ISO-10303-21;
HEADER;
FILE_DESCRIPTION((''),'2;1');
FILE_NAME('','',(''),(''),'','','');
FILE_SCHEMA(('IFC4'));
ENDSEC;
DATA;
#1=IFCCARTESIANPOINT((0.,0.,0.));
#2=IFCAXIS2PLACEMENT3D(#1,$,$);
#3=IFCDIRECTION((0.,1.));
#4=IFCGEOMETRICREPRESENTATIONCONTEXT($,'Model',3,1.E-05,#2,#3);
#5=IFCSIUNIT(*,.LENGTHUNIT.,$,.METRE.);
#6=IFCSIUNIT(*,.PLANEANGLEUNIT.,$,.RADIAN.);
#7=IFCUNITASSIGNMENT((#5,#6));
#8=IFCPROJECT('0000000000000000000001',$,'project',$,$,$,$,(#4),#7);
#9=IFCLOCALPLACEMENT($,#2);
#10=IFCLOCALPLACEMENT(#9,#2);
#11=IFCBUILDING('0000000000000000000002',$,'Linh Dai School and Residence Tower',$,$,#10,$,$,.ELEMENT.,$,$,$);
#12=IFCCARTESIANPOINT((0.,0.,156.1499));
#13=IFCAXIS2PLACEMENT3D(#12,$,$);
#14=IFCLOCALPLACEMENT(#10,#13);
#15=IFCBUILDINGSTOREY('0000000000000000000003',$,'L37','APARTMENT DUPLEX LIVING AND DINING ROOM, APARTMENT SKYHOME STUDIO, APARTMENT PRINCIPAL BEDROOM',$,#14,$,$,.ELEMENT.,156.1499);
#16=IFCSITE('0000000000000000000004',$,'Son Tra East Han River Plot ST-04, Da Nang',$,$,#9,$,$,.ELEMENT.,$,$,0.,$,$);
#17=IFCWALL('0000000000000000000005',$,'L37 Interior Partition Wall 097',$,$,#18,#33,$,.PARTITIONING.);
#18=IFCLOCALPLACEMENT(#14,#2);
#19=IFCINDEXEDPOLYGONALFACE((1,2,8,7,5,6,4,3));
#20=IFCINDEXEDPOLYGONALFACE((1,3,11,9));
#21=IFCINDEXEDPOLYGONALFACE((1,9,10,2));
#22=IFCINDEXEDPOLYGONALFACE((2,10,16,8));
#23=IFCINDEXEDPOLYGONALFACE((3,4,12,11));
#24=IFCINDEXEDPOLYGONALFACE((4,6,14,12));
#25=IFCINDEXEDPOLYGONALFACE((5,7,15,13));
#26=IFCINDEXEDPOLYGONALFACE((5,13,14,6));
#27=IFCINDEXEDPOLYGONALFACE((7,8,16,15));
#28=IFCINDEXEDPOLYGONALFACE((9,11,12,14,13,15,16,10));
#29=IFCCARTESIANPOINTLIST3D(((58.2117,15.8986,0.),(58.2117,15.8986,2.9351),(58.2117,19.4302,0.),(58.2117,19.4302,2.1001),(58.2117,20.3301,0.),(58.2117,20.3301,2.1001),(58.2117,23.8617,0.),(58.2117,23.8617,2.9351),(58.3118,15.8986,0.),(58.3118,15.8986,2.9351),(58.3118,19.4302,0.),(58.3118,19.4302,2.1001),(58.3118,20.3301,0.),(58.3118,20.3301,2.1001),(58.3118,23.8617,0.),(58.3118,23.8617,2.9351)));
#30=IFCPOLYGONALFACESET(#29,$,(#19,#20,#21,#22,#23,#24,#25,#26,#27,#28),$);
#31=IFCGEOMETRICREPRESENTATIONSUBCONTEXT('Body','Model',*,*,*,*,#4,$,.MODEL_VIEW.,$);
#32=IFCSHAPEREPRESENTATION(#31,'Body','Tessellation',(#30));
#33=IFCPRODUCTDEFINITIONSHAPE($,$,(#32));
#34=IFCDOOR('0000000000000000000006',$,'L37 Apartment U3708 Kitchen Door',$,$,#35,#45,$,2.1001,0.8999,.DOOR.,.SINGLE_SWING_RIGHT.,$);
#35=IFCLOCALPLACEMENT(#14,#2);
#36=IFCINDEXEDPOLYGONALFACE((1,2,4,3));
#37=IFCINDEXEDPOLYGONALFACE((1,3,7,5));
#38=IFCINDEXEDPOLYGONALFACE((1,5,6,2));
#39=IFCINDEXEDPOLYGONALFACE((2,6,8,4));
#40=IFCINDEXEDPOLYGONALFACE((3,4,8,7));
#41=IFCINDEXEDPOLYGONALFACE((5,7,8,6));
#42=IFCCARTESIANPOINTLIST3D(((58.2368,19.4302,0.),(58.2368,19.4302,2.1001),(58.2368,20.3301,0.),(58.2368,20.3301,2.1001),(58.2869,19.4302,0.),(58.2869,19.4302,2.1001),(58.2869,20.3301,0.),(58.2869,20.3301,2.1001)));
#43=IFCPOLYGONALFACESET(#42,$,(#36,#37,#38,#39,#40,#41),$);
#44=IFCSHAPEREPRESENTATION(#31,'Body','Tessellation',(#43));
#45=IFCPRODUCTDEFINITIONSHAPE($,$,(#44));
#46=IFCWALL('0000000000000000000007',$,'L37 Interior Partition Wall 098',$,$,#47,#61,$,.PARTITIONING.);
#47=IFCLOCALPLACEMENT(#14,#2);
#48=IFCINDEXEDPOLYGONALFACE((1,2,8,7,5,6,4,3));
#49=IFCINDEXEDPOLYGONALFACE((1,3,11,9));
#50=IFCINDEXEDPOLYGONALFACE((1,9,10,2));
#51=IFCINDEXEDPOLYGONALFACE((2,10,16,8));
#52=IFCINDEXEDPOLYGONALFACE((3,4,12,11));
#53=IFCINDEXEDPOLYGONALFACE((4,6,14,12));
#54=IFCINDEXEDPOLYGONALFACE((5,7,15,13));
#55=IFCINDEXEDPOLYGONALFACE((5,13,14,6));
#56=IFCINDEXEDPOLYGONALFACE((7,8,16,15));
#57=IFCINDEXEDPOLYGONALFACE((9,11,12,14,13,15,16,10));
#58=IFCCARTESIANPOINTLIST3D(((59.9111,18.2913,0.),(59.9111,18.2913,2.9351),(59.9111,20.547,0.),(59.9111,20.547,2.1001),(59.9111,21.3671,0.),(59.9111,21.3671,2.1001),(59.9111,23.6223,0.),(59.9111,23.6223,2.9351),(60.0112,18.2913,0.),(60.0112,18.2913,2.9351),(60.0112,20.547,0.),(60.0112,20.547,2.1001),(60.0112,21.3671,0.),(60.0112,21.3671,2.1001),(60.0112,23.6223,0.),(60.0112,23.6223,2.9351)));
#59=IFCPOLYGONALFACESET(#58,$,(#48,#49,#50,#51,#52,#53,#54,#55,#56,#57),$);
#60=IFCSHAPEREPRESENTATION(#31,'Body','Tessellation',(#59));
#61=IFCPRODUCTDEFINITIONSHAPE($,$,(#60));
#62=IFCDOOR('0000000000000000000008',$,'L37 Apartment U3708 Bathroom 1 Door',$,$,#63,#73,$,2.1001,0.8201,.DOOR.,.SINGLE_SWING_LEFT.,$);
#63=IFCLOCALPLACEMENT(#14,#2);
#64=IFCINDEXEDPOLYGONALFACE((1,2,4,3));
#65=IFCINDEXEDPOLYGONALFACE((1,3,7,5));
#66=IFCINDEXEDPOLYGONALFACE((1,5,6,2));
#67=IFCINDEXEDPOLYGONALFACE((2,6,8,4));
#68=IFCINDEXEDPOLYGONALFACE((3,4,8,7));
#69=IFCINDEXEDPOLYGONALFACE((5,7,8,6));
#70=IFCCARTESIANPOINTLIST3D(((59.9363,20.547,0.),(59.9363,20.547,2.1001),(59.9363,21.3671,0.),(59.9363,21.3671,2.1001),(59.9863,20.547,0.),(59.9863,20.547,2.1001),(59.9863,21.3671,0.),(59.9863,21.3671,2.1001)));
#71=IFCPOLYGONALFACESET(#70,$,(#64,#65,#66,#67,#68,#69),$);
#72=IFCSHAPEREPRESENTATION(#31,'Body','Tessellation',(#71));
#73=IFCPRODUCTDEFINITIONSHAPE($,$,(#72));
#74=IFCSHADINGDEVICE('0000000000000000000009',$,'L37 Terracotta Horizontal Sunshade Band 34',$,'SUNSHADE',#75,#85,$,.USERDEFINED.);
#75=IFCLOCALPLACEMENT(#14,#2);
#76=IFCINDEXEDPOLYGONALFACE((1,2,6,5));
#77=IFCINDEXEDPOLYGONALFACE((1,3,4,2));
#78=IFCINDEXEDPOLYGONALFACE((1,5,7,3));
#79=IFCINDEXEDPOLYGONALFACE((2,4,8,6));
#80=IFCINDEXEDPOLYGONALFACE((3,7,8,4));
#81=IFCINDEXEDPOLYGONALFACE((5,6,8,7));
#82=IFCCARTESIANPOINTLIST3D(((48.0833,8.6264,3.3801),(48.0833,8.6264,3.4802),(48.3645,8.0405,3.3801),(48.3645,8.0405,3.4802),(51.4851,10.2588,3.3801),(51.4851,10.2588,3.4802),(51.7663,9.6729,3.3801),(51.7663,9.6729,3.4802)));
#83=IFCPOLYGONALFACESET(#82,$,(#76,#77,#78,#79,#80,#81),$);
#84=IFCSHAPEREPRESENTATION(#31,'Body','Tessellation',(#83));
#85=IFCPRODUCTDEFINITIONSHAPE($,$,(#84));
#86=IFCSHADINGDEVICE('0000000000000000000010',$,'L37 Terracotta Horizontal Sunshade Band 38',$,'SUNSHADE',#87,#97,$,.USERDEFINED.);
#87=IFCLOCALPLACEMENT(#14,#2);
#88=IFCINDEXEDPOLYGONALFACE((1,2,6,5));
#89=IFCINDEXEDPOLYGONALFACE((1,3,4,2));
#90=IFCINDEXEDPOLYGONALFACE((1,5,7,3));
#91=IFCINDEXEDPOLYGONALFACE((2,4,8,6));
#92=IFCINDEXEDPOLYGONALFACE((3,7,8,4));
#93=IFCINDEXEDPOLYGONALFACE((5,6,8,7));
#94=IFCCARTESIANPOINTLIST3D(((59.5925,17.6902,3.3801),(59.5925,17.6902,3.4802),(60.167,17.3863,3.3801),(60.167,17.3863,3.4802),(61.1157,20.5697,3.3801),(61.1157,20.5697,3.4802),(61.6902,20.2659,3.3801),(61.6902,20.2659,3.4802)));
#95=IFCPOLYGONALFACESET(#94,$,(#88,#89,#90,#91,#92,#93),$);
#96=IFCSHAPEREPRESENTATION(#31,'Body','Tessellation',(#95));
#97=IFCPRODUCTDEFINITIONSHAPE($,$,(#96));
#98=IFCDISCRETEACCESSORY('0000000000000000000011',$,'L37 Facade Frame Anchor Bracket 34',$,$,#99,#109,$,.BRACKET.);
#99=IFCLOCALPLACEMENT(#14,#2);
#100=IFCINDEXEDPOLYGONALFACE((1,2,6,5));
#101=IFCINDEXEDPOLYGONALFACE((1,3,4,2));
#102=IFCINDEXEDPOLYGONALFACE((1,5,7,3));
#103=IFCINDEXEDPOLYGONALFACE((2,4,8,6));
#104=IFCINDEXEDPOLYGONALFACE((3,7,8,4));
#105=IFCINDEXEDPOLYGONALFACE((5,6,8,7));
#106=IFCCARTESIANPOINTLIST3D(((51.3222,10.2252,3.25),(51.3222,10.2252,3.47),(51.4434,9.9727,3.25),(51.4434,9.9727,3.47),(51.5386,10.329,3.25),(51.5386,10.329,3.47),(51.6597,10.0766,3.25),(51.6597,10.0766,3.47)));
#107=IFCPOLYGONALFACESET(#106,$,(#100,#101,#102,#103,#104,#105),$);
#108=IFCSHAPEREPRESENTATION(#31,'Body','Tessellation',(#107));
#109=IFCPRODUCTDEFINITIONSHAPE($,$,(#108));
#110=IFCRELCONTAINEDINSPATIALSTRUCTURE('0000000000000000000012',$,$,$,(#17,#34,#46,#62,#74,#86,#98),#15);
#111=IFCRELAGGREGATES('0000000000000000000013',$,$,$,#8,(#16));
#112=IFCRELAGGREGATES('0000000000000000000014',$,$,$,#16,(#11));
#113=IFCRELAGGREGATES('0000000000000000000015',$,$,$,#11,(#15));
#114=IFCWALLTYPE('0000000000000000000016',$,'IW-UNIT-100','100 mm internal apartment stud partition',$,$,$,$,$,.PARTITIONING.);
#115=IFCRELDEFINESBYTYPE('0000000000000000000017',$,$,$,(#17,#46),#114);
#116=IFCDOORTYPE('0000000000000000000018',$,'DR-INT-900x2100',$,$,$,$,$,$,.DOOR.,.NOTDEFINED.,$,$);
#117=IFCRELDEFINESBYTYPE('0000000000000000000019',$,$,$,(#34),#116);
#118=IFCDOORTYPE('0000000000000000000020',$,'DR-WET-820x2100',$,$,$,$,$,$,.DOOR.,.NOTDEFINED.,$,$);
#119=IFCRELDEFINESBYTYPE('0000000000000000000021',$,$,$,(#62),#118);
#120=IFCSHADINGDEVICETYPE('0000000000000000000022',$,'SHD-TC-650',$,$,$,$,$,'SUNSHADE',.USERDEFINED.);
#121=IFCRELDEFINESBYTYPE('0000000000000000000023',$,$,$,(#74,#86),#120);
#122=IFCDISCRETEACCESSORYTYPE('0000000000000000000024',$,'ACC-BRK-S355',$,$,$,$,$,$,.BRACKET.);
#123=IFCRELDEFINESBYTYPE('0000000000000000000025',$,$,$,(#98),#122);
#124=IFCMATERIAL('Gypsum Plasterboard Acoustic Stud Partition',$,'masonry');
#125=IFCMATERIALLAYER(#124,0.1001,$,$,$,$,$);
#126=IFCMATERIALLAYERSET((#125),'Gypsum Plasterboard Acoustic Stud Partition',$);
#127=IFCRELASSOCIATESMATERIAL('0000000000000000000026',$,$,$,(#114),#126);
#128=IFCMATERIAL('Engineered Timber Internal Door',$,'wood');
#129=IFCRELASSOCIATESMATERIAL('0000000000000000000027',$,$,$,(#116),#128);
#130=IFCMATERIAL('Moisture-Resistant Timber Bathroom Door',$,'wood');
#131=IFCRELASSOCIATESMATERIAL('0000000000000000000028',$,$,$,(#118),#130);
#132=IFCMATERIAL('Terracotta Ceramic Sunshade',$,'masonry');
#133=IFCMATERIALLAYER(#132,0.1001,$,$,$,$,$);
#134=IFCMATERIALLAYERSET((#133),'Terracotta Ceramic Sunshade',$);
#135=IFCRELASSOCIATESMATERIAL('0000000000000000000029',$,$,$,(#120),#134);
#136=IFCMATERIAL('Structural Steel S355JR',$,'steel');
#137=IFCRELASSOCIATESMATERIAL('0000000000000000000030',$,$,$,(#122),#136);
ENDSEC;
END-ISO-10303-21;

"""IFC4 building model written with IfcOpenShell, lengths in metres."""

from ifc_helpers import new_model, si_unit, direction, frame, frame_2d, origin, origin_2d, place, context, subcontext, project, spatial, rectangle, extrude, source, transform, mapped, material, layer, layer_set, type_object, element, fill, save


model = new_model("IFC4")

# Units and contexts
model_context = context("Model", 3, precision=1e-05, world=origin(), true_north=direction((0.0, 1.0)))
body_context = subcontext(model_context, "Body", "Model", "MODEL_VIEW")
ifc_project = project(units=[si_unit("LENGTHUNIT", "METRE"), si_unit("PLANEANGLEUNIT", "RADIAN")], contexts=[model_context])

# Site, building, storey
site_placement = place(None, origin())
site = spatial("IfcSite", under=ifc_project, at=site_placement, Name="Son Tra East Han River Plot ST-04, Da Nang", CompositionType="ELEMENT", RefElevation=0.0)
building_placement = place(site_placement, origin())
building = spatial("IfcBuilding", under=site, at=building_placement, Name="Linh Dai School and Residence Tower", CompositionType="ELEMENT")
storey_placement = place(building_placement, frame((0.0, 0.0, 156.1499)))
storey = spatial("IfcBuildingStorey", under=building, at=storey_placement, Name="L37", Description="APARTMENT DUPLEX LIVING AND DINING ROOM, APARTMENT SKYHOME STUDIO, APARTMENT PRINCIPAL BEDROOM", CompositionType="ELEMENT", Elevation=156.1499)

# Shared definitions
ifc_material_1 = material(Name="Structural Steel S355JR", Category="steel")

# Walls, openings, doors
ifc_material_2 = material(Name="Gypsum Plasterboard Acoustic Stud Partition", Category="masonry")
ifc_layer_1 = layer(ifc_material_2, 0.1001)
ifc_layer_set_1 = layer_set([ifc_layer_1], Name="Gypsum Plasterboard Acoustic Stud Partition")
wall_type_1 = type_object("IfcWallType", Name="IW-UNIT-100", Description="100 mm internal apartment stud partition", PredefinedType="PARTITIONING", material=ifc_layer_set_1)
wall_1_placement = place(storey_placement, frame((58.2617, 15.8987, 0.0), z_axis=(0.0, 0.0, 1.0), x_axis=(0.0, 1.0, 0.0)))
wall_1 = element("IfcWall", 1, at=wall_1_placement, inside=storey, type_object=wall_type_1, Name="L37 Interior Partition Wall 097", PredefinedType="PARTITIONING", context=body_context, shape_type="SweptSolid", body=[
    extrude(rectangle(XDim=7.9631, YDim=0.1001, at=frame_2d((3.9814, 0.0))), origin(), (0.0, 0.0, 1.0), 2.9351),
])
opening_1_placement = place(wall_1_placement, frame((3.5315, 0.0, 0.0)))
opening_1 = element("IfcOpeningElement", 2, at=opening_1_placement, cuts=wall_1, PredefinedType="OPENING", context=body_context, shape_type="SweptSolid", body=[
    extrude(rectangle(XDim=0.8999, YDim=2.1001, at=origin_2d()), frame((0.45, 0.0601, 1.05), z_axis=(0.0, -1.0, 0.0), x_axis=(1.0, 0.0, 0.0)), (0.0, 0.0, 1.0), 0.1201),
])
ifc_material_3 = material(Name="Engineered Timber Internal Door", Category="wood")
door_type_1 = type_object("IfcDoorType", Name="DR-INT-900x2100", OperationType="NOTDEFINED", PredefinedType="DOOR", material=ifc_material_3)
shared_shape_1 = source(origin(), body_context, "Body", "SweptSolid", [
    extrude(rectangle(XDim=0.8999, YDim=2.1001, at=origin_2d()), frame((0.45, 0.0249, 1.05), z_axis=(0.0, -1.0, 0.0), x_axis=(1.0, 0.0, 0.0)), (0.0, 0.0, 1.0), 0.05),
])
door_1_placement = place(opening_1_placement, origin())
door_1 = element("IfcDoor", 3, at=door_1_placement, inside=storey, type_object=door_type_1, Name="L37 Apartment U3708 Kitchen Door", OperationType="SINGLE_SWING_RIGHT", OverallHeight=2.1001, OverallWidth=0.8999, PredefinedType="DOOR", context=body_context, shape_type="MappedRepresentation", body=[
    mapped(shared_shape_1, transform((0.0, 0.0, 0.0), x_axis=(1.0, 0.0, 0.0), y_axis=(0.0, 1.0, 0.0), z_axis=(0.0, 0.0, 1.0), scale=1.0)),
])
fill(opening_1, door_1)
wall_2_placement = place(storey_placement, frame((59.9612, 18.2913, 0.0), z_axis=(0.0, 0.0, 1.0), x_axis=(0.0, 1.0, 0.0)))
wall_2 = element("IfcWall", 4, at=wall_2_placement, inside=storey, type_object=wall_type_1, Name="L37 Interior Partition Wall 098", PredefinedType="PARTITIONING", context=body_context, shape_type="SweptSolid", body=[
    extrude(rectangle(XDim=5.3311, YDim=0.1001, at=frame_2d((2.6655, 0.0))), origin(), (0.0, 0.0, 1.0), 2.9351),
])
opening_2_placement = place(wall_2_placement, frame((2.2556, 0.0, 0.0)))
opening_2 = element("IfcOpeningElement", 5, at=opening_2_placement, cuts=wall_2, PredefinedType="OPENING", context=body_context, shape_type="SweptSolid", body=[
    extrude(rectangle(XDim=0.8201, YDim=2.1001, at=origin_2d()), frame((0.4102, 0.0601, 1.05), z_axis=(0.0, -1.0, 0.0), x_axis=(1.0, 0.0, 0.0)), (0.0, 0.0, 1.0), 0.1201),
])
ifc_material_4 = material(Name="Moisture-Resistant Timber Bathroom Door", Category="wood")
door_type_2 = type_object("IfcDoorType", Name="DR-WET-820x2100", OperationType="NOTDEFINED", PredefinedType="DOOR", material=ifc_material_4)
shared_shape_2 = source(origin(), body_context, "Body", "SweptSolid", [
    extrude(rectangle(XDim=0.8201, YDim=2.1001, at=origin_2d()), frame((0.4102, 0.0249, 1.05), z_axis=(0.0, -1.0, 0.0), x_axis=(1.0, 0.0, 0.0)), (0.0, 0.0, 1.0), 0.05),
])
door_2_placement = place(opening_2_placement, origin())
door_2 = element("IfcDoor", 6, at=door_2_placement, inside=storey, type_object=door_type_2, Name="L37 Apartment U3708 Bathroom 1 Door", OperationType="SINGLE_SWING_LEFT", OverallHeight=2.1001, OverallWidth=0.8201, PredefinedType="DOOR", context=body_context, shape_type="MappedRepresentation", body=[
    mapped(shared_shape_2, transform((0.0, 0.0, 0.0), x_axis=(1.0, 0.0, 0.0), y_axis=(0.0, 1.0, 0.0), z_axis=(0.0, 0.0, 1.0), scale=1.0)),
])
fill(opening_2, door_2)

# Shading devices
ifc_material_5 = material(Name="Terracotta Ceramic Sunshade", Category="masonry")
ifc_layer_2 = layer(ifc_material_5, 0.1001)
ifc_layer_set_2 = layer_set([ifc_layer_2], Name="Terracotta Ceramic Sunshade")
shading_device_type = type_object("IfcShadingDeviceType", Name="SHD-TC-650", ElementType="SUNSHADE", PredefinedType="USERDEFINED", material=ifc_layer_set_2)
shared_shape_3 = source(origin(), body_context, "Body", "SweptSolid", [
    extrude(rectangle(XDim=3.7732, YDim=0.6499, at=origin_2d()), origin(), (0.0, 0.0, 1.0), 0.1001),
])
shading_device_1_placement = place(storey_placement, frame((49.9248, 9.1497, 3.3801), z_axis=(0.0, 0.0, 1.0), x_axis=(-0.901569, -0.432635, 0.0)))
element("IfcShadingDevice", 7, at=shading_device_1_placement, inside=storey, type_object=shading_device_type, Name="L37 Terracotta Horizontal Sunshade Band 34", ObjectType="SUNSHADE", PredefinedType="USERDEFINED", context=body_context, shape_type="MappedRepresentation", body=[
    mapped(shared_shape_3, transform((0.0, 0.0, 0.0), x_axis=(1.0, 0.0, 0.0), y_axis=(0.0, 1.0, 0.0), z_axis=(0.0, 0.0, 1.0), scale=1.0)),
])
shared_shape_4 = source(origin(), body_context, "Body", "SweptSolid", [
    extrude(rectangle(XDim=3.2576, YDim=0.6499, at=origin_2d()), origin(), (0.0, 0.0, 1.0), 0.1001),
])
shading_device_2_placement = place(storey_placement, frame((60.6414, 18.978, 3.3801), z_axis=(0.0, 0.0, 1.0), x_axis=(-0.46758, -0.883951, 0.0)))
element("IfcShadingDevice", 8, at=shading_device_2_placement, inside=storey, type_object=shading_device_type, Name="L37 Terracotta Horizontal Sunshade Band 38", ObjectType="SUNSHADE", PredefinedType="USERDEFINED", context=body_context, shape_type="MappedRepresentation", body=[
    mapped(shared_shape_4, transform((0.0, 0.0, 0.0), x_axis=(1.0, 0.0, 0.0), y_axis=(0.0, 1.0, 0.0), z_axis=(0.0, 0.0, 1.0), scale=1.0)),
])

# Discrete accessory
discrete_accessory_type = type_object("IfcDiscreteAccessoryType", Name="ACC-BRK-S355", PredefinedType="BRACKET", material=ifc_material_1)
shared_shape_5 = source(origin(), body_context, "Body", "SweptSolid", [
    extrude(rectangle(XDim=0.28, YDim=0.24, at=origin_2d()), origin(), (0.0, 0.0, 1.0), 0.22),
])
discrete_accessory_placement = place(storey_placement, frame((51.491, 10.1509, 3.25), z_axis=(0.0, 0.0, 1.0), x_axis=(0.432635, -0.901569, 0.0)))
element("IfcDiscreteAccessory", 9, at=discrete_accessory_placement, inside=storey, type_object=discrete_accessory_type, Name="L37 Facade Frame Anchor Bracket 34", PredefinedType="BRACKET", context=body_context, shape_type="MappedRepresentation", body=[
    mapped(shared_shape_5, transform((0.0, 0.0, 0.0), x_axis=(1.0, 0.0, 0.0), y_axis=(0.0, 1.0, 0.0), z_axis=(0.0, 0.0, 1.0), scale=1.0)),
])

save(model, "model.ifc")
